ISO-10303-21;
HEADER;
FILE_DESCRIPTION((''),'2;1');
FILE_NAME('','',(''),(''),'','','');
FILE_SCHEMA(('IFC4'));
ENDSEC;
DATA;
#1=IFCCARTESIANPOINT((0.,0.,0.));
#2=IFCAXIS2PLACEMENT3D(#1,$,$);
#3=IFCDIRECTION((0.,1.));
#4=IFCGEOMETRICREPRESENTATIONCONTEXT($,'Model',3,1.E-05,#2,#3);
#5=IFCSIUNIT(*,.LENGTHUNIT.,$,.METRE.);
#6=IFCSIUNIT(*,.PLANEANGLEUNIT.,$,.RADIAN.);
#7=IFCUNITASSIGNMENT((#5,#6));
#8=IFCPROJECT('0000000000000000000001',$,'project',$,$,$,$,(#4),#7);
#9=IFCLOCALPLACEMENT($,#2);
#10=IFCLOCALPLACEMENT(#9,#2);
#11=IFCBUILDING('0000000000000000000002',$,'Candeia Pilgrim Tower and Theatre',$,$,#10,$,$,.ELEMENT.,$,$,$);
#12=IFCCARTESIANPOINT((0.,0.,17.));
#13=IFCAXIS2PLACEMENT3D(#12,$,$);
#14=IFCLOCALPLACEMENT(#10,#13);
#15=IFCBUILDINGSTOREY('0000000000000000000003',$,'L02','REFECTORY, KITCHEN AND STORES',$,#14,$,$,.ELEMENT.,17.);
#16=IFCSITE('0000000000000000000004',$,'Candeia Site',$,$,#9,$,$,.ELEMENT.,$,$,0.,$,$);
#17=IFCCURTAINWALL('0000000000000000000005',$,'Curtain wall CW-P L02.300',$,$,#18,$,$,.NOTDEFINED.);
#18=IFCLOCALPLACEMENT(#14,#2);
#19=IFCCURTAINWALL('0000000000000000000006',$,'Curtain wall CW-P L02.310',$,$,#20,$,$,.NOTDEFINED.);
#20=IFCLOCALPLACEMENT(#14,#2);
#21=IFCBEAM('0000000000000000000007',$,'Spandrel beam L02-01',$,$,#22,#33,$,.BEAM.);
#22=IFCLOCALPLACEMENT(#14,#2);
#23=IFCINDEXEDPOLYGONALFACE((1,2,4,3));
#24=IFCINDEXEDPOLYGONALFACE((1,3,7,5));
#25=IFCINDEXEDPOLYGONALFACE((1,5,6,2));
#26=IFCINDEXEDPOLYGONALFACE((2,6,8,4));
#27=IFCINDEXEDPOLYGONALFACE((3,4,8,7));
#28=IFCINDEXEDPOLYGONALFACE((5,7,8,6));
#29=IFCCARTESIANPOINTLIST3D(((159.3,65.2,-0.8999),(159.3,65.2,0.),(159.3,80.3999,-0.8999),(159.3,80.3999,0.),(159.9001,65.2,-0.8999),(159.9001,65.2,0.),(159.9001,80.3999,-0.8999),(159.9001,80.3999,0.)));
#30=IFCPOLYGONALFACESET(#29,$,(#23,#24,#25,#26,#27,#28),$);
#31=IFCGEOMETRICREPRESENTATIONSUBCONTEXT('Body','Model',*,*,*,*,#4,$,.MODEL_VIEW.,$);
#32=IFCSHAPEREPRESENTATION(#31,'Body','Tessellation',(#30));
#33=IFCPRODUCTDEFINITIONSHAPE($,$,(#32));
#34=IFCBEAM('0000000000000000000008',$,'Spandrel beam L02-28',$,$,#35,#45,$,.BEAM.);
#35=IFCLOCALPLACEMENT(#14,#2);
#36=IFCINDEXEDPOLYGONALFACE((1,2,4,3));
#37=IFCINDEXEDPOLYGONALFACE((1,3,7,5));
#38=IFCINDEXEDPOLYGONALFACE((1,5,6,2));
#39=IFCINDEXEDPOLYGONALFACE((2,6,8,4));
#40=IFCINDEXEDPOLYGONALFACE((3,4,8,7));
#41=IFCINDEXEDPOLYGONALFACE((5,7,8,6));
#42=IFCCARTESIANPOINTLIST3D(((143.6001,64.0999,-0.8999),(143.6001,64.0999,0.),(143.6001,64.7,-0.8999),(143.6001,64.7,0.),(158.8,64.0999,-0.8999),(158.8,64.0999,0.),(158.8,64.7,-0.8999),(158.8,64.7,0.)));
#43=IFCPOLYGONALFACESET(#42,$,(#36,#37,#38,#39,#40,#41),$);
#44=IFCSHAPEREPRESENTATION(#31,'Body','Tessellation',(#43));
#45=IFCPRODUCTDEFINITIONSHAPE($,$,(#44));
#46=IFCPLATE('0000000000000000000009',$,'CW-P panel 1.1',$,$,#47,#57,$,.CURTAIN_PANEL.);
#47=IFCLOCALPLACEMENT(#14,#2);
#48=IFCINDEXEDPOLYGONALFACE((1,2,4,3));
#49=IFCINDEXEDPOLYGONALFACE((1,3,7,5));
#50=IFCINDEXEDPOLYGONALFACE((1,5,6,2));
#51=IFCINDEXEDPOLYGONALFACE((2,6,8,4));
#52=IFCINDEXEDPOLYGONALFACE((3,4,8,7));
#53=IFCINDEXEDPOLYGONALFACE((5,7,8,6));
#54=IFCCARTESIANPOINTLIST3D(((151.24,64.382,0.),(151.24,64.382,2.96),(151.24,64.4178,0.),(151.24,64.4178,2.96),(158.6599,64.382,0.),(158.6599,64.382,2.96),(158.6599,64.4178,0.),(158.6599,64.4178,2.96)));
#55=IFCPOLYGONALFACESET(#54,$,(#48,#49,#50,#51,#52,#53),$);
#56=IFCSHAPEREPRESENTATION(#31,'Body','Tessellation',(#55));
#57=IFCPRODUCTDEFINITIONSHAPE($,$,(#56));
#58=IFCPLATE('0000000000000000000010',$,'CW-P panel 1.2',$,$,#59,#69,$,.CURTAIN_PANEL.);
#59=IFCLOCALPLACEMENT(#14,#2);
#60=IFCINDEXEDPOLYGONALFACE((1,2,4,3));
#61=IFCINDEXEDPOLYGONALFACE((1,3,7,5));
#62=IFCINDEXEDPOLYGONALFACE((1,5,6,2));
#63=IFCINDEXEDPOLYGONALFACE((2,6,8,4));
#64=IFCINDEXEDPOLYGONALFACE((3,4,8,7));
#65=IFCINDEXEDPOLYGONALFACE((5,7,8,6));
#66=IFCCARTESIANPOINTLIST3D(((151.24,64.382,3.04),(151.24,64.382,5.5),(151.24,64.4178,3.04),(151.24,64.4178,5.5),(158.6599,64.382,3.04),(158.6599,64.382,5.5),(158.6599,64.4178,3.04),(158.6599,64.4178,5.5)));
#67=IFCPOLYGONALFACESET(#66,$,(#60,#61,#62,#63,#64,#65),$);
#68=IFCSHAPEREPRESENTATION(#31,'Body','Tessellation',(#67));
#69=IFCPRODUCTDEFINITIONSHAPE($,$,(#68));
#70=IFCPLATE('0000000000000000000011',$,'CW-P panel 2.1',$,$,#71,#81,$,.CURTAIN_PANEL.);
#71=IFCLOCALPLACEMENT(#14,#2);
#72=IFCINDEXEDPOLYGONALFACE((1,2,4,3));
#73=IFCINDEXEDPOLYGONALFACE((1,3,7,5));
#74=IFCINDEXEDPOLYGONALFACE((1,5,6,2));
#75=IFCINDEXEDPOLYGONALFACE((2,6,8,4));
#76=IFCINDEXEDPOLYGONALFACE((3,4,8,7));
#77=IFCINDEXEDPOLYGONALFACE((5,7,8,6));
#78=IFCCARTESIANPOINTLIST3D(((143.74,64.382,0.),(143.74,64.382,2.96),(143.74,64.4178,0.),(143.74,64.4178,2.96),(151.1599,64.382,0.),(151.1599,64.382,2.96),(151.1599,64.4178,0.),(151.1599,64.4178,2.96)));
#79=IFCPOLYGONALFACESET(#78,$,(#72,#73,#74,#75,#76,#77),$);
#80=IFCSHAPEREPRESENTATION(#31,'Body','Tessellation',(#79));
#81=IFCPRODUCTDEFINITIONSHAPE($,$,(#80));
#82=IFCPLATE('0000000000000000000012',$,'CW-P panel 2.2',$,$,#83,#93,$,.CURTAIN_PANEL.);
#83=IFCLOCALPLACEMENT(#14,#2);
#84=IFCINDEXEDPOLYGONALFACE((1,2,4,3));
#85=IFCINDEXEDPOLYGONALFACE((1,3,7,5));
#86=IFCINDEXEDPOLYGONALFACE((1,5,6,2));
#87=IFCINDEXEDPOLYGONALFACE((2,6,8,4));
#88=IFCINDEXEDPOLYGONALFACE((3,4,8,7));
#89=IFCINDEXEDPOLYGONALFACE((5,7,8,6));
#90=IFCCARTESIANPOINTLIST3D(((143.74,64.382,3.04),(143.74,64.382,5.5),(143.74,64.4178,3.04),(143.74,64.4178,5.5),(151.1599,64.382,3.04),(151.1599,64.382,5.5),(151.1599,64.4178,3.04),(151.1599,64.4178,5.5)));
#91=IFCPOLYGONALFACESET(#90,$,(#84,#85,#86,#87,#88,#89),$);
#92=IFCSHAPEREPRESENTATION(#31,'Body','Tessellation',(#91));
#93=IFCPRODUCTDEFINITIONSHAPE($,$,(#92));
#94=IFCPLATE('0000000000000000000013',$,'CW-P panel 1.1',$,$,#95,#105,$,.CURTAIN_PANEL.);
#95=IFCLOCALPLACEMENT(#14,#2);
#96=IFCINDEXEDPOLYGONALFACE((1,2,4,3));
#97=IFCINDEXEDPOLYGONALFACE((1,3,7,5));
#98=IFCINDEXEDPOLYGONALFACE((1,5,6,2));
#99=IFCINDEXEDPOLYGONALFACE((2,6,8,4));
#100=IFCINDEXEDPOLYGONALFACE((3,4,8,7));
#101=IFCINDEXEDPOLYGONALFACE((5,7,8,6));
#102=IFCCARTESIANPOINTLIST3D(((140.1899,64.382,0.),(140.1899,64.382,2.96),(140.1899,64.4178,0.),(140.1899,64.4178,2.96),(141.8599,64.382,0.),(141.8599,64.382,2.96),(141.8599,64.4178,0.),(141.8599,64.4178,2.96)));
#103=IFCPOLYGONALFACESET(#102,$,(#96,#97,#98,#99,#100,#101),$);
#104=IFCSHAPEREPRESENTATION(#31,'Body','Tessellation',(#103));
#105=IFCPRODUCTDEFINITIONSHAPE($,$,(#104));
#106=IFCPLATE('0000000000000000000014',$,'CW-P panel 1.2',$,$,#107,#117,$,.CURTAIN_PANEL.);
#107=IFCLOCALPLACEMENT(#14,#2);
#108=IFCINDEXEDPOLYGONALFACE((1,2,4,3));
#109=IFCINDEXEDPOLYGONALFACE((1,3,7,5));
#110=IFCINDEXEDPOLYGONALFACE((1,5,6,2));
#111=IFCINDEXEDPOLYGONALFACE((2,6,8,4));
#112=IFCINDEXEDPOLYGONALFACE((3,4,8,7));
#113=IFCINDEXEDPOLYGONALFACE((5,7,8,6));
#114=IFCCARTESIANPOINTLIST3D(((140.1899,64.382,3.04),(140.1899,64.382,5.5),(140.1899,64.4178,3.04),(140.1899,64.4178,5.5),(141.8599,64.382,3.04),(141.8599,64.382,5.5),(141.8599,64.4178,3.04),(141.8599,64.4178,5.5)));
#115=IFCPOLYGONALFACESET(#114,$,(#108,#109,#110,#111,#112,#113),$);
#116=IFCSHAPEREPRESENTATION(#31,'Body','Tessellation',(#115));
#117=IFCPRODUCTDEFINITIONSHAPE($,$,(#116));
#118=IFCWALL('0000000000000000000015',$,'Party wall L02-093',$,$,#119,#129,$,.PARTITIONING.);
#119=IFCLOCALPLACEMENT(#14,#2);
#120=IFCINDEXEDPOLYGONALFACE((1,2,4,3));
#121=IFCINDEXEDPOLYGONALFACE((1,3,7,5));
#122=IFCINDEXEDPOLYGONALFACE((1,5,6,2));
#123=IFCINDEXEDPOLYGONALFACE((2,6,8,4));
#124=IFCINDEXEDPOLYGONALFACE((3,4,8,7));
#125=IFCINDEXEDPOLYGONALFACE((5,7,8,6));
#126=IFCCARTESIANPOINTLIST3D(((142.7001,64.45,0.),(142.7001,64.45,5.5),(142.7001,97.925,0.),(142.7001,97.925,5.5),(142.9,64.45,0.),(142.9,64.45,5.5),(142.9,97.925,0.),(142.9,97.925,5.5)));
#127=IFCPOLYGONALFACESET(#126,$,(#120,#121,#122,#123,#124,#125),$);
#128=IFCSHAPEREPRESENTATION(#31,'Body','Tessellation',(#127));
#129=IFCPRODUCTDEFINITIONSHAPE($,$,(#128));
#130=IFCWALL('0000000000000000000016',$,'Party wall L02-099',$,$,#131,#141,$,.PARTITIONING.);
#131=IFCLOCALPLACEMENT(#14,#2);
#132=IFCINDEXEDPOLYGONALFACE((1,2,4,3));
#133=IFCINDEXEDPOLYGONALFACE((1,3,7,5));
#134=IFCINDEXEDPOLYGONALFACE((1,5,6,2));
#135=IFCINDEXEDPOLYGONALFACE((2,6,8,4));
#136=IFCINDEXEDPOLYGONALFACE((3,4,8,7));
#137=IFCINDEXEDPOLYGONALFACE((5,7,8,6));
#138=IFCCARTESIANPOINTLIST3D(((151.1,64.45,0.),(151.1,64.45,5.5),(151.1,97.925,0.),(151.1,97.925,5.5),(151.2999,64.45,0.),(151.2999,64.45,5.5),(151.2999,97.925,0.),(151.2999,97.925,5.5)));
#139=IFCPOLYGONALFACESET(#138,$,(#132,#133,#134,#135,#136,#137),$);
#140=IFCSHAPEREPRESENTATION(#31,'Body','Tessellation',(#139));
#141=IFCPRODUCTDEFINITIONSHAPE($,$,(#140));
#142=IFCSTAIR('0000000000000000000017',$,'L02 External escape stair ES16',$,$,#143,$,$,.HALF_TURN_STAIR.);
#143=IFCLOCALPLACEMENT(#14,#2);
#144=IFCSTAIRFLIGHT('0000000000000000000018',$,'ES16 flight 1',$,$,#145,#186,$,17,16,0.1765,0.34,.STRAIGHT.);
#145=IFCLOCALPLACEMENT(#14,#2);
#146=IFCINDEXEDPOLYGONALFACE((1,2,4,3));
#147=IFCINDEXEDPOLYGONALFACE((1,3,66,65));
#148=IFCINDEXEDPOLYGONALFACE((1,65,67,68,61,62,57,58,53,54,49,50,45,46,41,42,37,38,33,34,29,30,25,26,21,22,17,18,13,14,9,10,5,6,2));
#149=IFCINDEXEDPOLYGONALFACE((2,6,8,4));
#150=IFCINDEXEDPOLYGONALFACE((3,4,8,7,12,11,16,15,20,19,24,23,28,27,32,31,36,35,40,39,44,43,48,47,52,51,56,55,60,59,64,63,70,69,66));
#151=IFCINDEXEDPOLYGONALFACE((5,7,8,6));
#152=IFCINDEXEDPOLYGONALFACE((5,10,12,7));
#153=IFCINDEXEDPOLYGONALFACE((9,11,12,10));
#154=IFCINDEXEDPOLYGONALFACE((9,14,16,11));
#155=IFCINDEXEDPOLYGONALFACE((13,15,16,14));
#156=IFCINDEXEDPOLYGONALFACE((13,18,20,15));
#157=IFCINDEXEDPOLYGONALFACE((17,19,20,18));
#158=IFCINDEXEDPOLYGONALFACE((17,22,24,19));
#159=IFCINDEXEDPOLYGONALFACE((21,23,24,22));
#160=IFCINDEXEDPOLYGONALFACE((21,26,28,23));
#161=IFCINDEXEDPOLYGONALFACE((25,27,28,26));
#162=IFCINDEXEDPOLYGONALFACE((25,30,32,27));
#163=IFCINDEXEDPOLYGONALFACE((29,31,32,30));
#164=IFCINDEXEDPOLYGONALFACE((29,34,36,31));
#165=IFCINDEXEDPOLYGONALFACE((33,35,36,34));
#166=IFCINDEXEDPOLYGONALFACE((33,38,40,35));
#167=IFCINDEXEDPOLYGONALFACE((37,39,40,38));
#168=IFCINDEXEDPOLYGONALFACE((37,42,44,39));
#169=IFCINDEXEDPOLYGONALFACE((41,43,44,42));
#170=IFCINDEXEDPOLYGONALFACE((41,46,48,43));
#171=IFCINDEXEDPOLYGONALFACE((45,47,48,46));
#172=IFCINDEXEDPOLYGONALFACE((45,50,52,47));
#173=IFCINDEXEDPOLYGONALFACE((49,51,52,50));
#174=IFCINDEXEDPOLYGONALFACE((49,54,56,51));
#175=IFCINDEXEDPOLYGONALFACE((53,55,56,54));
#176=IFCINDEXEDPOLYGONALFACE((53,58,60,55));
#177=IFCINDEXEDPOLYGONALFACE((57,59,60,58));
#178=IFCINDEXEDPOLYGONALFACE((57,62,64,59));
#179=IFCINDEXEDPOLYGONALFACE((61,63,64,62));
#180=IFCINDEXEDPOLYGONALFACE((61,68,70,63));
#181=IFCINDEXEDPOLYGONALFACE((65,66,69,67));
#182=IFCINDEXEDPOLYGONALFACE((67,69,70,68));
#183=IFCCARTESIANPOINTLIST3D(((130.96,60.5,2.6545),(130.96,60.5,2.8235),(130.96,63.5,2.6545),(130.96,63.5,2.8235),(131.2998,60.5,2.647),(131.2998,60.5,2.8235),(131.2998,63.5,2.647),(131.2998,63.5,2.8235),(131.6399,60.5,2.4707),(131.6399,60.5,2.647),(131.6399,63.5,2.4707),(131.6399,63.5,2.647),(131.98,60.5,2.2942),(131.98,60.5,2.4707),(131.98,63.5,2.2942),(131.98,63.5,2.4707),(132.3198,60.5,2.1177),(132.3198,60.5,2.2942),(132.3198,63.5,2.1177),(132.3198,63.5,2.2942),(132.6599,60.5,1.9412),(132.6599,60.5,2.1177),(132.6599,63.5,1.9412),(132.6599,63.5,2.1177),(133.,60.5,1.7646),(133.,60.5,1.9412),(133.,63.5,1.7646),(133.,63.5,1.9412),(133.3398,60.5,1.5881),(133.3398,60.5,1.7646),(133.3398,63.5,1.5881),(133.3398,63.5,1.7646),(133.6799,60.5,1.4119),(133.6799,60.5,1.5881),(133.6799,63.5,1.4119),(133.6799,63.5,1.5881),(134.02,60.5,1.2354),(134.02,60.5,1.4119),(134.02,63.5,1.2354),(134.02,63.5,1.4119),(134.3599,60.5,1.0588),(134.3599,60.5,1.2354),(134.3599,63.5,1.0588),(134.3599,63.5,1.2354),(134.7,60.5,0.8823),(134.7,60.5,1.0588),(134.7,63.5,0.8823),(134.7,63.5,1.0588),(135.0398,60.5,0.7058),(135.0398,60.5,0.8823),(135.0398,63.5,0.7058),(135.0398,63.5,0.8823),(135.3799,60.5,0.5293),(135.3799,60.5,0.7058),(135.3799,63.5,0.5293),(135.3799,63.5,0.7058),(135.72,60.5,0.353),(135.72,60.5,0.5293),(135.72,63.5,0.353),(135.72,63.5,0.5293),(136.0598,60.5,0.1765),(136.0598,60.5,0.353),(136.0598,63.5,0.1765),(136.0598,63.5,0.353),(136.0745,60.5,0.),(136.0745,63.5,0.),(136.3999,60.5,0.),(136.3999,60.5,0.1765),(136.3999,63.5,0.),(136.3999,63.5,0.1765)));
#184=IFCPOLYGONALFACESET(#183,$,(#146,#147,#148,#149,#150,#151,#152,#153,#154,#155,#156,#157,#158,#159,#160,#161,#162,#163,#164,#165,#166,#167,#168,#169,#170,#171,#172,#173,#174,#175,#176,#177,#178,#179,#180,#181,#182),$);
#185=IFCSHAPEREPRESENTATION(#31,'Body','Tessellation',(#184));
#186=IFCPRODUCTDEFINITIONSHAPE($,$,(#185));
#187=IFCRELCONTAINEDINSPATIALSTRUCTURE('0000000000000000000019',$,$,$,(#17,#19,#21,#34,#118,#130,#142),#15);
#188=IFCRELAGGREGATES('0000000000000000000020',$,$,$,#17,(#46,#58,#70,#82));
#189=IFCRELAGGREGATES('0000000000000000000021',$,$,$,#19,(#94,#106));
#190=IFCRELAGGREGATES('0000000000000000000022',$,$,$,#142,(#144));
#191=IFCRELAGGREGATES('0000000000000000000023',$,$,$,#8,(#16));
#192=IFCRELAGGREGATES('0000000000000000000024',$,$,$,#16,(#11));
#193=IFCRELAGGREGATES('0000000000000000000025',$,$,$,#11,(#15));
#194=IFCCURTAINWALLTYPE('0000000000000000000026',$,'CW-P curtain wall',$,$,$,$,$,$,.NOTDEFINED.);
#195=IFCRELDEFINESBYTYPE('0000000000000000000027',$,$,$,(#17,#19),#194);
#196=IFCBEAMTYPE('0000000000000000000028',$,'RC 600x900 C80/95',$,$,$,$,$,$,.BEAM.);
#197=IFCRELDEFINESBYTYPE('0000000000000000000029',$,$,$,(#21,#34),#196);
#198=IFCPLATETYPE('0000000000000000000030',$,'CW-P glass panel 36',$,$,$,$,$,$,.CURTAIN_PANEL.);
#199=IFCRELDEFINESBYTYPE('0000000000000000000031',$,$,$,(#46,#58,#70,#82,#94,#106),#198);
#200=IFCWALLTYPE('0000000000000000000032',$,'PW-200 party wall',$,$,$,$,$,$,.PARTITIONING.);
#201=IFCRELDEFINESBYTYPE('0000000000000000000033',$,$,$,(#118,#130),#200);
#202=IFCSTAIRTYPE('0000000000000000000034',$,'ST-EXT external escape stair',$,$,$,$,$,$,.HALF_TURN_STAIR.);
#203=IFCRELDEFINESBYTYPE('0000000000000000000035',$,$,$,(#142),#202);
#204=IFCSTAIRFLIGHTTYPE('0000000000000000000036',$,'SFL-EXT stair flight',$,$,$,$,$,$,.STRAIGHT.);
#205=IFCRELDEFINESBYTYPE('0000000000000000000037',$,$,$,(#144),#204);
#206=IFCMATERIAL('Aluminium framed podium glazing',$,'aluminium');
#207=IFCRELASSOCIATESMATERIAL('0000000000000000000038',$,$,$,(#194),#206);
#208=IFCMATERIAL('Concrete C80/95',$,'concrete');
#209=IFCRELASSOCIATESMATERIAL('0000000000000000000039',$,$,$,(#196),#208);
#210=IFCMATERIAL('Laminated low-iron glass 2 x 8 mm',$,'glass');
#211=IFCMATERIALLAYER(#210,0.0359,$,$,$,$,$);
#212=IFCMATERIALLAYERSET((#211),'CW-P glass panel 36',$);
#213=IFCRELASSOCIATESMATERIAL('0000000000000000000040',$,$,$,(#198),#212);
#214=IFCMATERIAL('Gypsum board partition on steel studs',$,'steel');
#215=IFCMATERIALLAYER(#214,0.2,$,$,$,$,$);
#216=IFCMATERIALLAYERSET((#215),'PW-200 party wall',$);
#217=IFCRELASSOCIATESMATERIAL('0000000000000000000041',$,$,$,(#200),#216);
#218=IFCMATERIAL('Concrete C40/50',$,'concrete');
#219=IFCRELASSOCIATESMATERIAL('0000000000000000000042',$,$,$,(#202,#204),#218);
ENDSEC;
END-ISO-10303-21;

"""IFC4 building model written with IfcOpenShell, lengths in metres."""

from ifc_helpers import new_model, si_unit, direction, frame, frame_2d, origin, origin_2d, place, context, subcontext, project, spatial, polyline, rectangle, outline, extrude, material, layer, layer_set, material_profile, profile_set, type_object, element, aggregate, save


model = new_model("IFC4")

# Units and contexts
model_context = context("Model", 3, precision=1e-05, world=origin(), true_north=direction((0.0, 1.0)))
body_context = subcontext(model_context, "Body", "Model", "MODEL_VIEW")
ifc_project = project(units=[si_unit("LENGTHUNIT", "METRE"), si_unit("PLANEANGLEUNIT", "RADIAN")], contexts=[model_context])

# Site, building, storey
site_placement = place(None, origin())
site = spatial("IfcSite", under=ifc_project, at=site_placement, Name="Candeia Site", CompositionType="ELEMENT", RefElevation=0.0)
building_placement = place(site_placement, origin())
building = spatial("IfcBuilding", under=site, at=building_placement, Name="Candeia Pilgrim Tower and Theatre", CompositionType="ELEMENT")
storey_placement = place(building_placement, frame((0.0, 0.0, 17.0)))
storey = spatial("IfcBuildingStorey", under=building, at=storey_placement, Name="L02", Description="REFECTORY, KITCHEN AND STORES", CompositionType="ELEMENT", Elevation=17.0)

# Shared definitions
ifc_material_1 = material(Name="Concrete C40/50", Category="concrete")
ifc_material_2 = material(Name="Concrete C80/95", Category="concrete")

# Curtain walls
ifc_material_3 = material(Name="Aluminium framed podium glazing", Category="aluminium")
curtain_wall_type = type_object("IfcCurtainWallType", Name="CW-P curtain wall", PredefinedType="NOTDEFINED", material=ifc_material_3)
curtain_wall_1_placement = place(storey_placement, origin())
curtain_wall_1 = element("IfcCurtainWall", 1, at=curtain_wall_1_placement, inside=storey, type_object=curtain_wall_type, Name="Curtain wall CW-P L02.300", PredefinedType="NOTDEFINED")
curtain_wall_2_placement = place(storey_placement, origin())
curtain_wall_2 = element("IfcCurtainWall", 2, at=curtain_wall_2_placement, inside=storey, type_object=curtain_wall_type, Name="Curtain wall CW-P L02.310", PredefinedType="NOTDEFINED")

# Beams
ifc_material_profile_1 = material_profile(ifc_material_2, rectangle(XDim=0.6001, YDim=0.8999, at=origin_2d()))
ifc_profile_set_1 = profile_set([ifc_material_profile_1], Name="Concrete C80/95")
beam_type = type_object("IfcBeamType", Name="RC 600x900 C80/95", PredefinedType="BEAM", material=ifc_profile_set_1)
for number, where, z_axis, x_axis, name in (
    (3, (159.6001, 65.2, -0.45), (0.0, 1.0, 0.0), (-1.0, 0.0, 0.0), "Spandrel beam L02-01"),
    (4, (143.6001, 64.3999, -0.45), (1.0, 0.0, 0.0), (0.0, 1.0, 0.0), "Spandrel beam L02-28"),
):
    element("IfcBeam", number, at=place(storey_placement, frame(where, z_axis=z_axis, x_axis=x_axis)), inside=storey, type_object=beam_type, Name=name, PredefinedType="BEAM", context=body_context, shape_type="SweptSolid", body=[
        extrude(rectangle(XDim=0.6001, YDim=0.8999, at=origin_2d()), origin(), (0.0, 0.0, 1.0), 15.2),
    ])

# Plates
ifc_material_4 = material(Name="Laminated low-iron glass 2 x 8 mm", Category="glass")
ifc_layer_1 = layer(ifc_material_4, 0.0359)
ifc_layer_set_1 = layer_set([ifc_layer_1], Name="CW-P glass panel 36")
plate_type = type_object("IfcPlateType", Name="CW-P glass panel 36", PredefinedType="CURTAIN_PANEL", material=ifc_layer_set_1)
plate_1_placement = place(storey_placement, frame((154.95, 64.3999, 0.0), z_axis=(0.0, 0.0, 1.0), x_axis=(-1.0, 0.0, 0.0)))
plate_1 = element("IfcPlate", 5, at=plate_1_placement, type_object=plate_type, Name="CW-P panel 1.1", PredefinedType="CURTAIN_PANEL", context=body_context, shape_type="SweptSolid", body=[
    extrude(rectangle(XDim=7.4199, YDim=0.0359, at=origin_2d()), origin(), (0.0, 0.0, 1.0), 2.96),
])
plate_2_placement = place(storey_placement, frame((154.95, 64.3999, 3.04), z_axis=(0.0, 0.0, 1.0), x_axis=(-1.0, 0.0, 0.0)))
plate_2 = element("IfcPlate", 6, at=plate_2_placement, type_object=plate_type, Name="CW-P panel 1.2", PredefinedType="CURTAIN_PANEL", context=body_context, shape_type="SweptSolid", body=[
    extrude(rectangle(XDim=7.4199, YDim=0.0359, at=origin_2d()), origin(), (0.0, 0.0, 1.0), 2.46),
])
plate_3_placement = place(storey_placement, frame((147.45, 64.3999, 0.0), z_axis=(0.0, 0.0, 1.0), x_axis=(-1.0, 0.0, 0.0)))
plate_3 = element("IfcPlate", 7, at=plate_3_placement, type_object=plate_type, Name="CW-P panel 2.1", PredefinedType="CURTAIN_PANEL", context=body_context, shape_type="SweptSolid", body=[
    extrude(rectangle(XDim=7.4199, YDim=0.0359, at=origin_2d()), origin(), (0.0, 0.0, 1.0), 2.96),
])
plate_4_placement = place(storey_placement, frame((147.45, 64.3999, 3.04), z_axis=(0.0, 0.0, 1.0), x_axis=(-1.0, 0.0, 0.0)))
plate_4 = element("IfcPlate", 8, at=plate_4_placement, type_object=plate_type, Name="CW-P panel 2.2", PredefinedType="CURTAIN_PANEL", context=body_context, shape_type="SweptSolid", body=[
    extrude(rectangle(XDim=7.4199, YDim=0.0359, at=origin_2d()), origin(), (0.0, 0.0, 1.0), 2.46),
])
aggregate(curtain_wall_1, [plate_1, plate_2, plate_3, plate_4])
plate_5_placement = place(storey_placement, frame((141.0249, 64.3999, 0.0), z_axis=(0.0, 0.0, 1.0), x_axis=(-1.0, 0.0, 0.0)))
plate_5 = element("IfcPlate", 9, at=plate_5_placement, type_object=plate_type, Name="CW-P panel 1.1", PredefinedType="CURTAIN_PANEL", context=body_context, shape_type="SweptSolid", body=[
    extrude(rectangle(XDim=1.6699, YDim=0.0359, at=origin_2d()), origin(), (0.0, 0.0, 1.0), 2.96),
])
plate_6_placement = place(storey_placement, frame((141.0249, 64.3999, 3.04), z_axis=(0.0, 0.0, 1.0), x_axis=(-1.0, 0.0, 0.0)))
plate_6 = element("IfcPlate", 10, at=plate_6_placement, type_object=plate_type, Name="CW-P panel 1.2", PredefinedType="CURTAIN_PANEL", context=body_context, shape_type="SweptSolid", body=[
    extrude(rectangle(XDim=1.6699, YDim=0.0359, at=origin_2d()), origin(), (0.0, 0.0, 1.0), 2.46),
])
aggregate(curtain_wall_2, [plate_5, plate_6])

# Walls
ifc_material_5 = material(Name="Gypsum board partition on steel studs", Category="steel")
ifc_layer_2 = layer(ifc_material_5, 0.2)
ifc_layer_set_2 = layer_set([ifc_layer_2], Name="PW-200 party wall")
wall_type_1 = type_object("IfcWallType", Name="PW-200 party wall", PredefinedType="PARTITIONING", material=ifc_layer_set_2)
for number, where, z_axis, x_axis, name in (
    (11, (142.8, 64.45, 0.0), (0.0, 0.0, 1.0), (0.0, 1.0, 0.0), "Party wall L02-093"),
    (12, (151.2, 64.45, 0.0), (0.0, 0.0, 1.0), (0.0, 1.0, 0.0), "Party wall L02-099"),
):
    element("IfcWall", number, at=place(storey_placement, frame(where, z_axis=z_axis, x_axis=x_axis)), inside=storey, type_object=wall_type_1, Name=name, PredefinedType="PARTITIONING", context=body_context, shape_type="SweptSolid", body=[
        extrude(rectangle(XDim=33.4751, YDim=0.2, at=frame_2d((16.7375, 0.0))), origin(), (0.0, 0.0, 1.0), 5.5),
    ])

# Stair, stair flight
stair_type = type_object("IfcStairType", Name="ST-EXT external escape stair", PredefinedType="HALF_TURN_STAIR", material=ifc_material_1)
stair_placement = place(storey_placement, origin())
stair = element("IfcStair", 13, at=stair_placement, inside=storey, type_object=stair_type, Name="L02 External escape stair ES16", PredefinedType="HALF_TURN_STAIR")
stair_flight_type = type_object("IfcStairFlightType", Name="SFL-EXT stair flight", PredefinedType="STRAIGHT", material=ifc_material_1)
stair_flight_placement = place(storey_placement, frame((136.3999, 62.0, 0.0), z_axis=(0.0, 0.0, 1.0), x_axis=(-1.0, 0.0, 0.0)))
stair_flight = element("IfcStairFlight", 14, at=stair_flight_placement, type_object=stair_flight_type, Name="ES16 flight 1", NumberOfRisers=17, NumberOfTreads=16, PredefinedType="STRAIGHT", RiserHeight=0.1765, TreadLength=0.34, context=body_context, shape_type="SweptSolid", body=[
    extrude(outline(polyline([(0.0, 0.0), (0.0, 0.1765), (0.3401, 0.1765), (0.3401, 0.353), (0.6799, 0.353), (0.6799, 0.5293), (1.02, 0.5293), (1.02, 0.7058), (1.3601, 0.7058), (1.3601, 0.8823), (1.7, 0.8823), (1.7, 1.0588), (2.04, 1.0588), (2.04, 1.2354), (2.3799, 1.2354), (2.3799, 1.4119), (2.72, 1.4119), (2.72, 1.5881), (3.0601, 1.5881), (3.0601, 1.7646), (3.3999, 1.7646), (3.3999, 1.9412), (3.74, 1.9412), (3.74, 2.1177), (4.0801, 2.1177), (4.0801, 2.2942), (4.4199, 2.2942), (4.4199, 2.4707), (4.76, 2.4707), (4.76, 2.647), (5.1001, 2.647), (5.1001, 2.8235), (5.4399, 2.8235), (5.4399, 3.0), (5.4399, 2.6545), (0.3254, 0.0), (0.0, 0.0)])), frame((0.0, 1.5, 0.0), z_axis=(0.0, -1.0, 0.0), x_axis=(1.0, 0.0, 0.0)), (0.0, 0.0, 1.0), 3.0),
])
aggregate(stair, [stair_flight])

save(model, "model.ifc")
